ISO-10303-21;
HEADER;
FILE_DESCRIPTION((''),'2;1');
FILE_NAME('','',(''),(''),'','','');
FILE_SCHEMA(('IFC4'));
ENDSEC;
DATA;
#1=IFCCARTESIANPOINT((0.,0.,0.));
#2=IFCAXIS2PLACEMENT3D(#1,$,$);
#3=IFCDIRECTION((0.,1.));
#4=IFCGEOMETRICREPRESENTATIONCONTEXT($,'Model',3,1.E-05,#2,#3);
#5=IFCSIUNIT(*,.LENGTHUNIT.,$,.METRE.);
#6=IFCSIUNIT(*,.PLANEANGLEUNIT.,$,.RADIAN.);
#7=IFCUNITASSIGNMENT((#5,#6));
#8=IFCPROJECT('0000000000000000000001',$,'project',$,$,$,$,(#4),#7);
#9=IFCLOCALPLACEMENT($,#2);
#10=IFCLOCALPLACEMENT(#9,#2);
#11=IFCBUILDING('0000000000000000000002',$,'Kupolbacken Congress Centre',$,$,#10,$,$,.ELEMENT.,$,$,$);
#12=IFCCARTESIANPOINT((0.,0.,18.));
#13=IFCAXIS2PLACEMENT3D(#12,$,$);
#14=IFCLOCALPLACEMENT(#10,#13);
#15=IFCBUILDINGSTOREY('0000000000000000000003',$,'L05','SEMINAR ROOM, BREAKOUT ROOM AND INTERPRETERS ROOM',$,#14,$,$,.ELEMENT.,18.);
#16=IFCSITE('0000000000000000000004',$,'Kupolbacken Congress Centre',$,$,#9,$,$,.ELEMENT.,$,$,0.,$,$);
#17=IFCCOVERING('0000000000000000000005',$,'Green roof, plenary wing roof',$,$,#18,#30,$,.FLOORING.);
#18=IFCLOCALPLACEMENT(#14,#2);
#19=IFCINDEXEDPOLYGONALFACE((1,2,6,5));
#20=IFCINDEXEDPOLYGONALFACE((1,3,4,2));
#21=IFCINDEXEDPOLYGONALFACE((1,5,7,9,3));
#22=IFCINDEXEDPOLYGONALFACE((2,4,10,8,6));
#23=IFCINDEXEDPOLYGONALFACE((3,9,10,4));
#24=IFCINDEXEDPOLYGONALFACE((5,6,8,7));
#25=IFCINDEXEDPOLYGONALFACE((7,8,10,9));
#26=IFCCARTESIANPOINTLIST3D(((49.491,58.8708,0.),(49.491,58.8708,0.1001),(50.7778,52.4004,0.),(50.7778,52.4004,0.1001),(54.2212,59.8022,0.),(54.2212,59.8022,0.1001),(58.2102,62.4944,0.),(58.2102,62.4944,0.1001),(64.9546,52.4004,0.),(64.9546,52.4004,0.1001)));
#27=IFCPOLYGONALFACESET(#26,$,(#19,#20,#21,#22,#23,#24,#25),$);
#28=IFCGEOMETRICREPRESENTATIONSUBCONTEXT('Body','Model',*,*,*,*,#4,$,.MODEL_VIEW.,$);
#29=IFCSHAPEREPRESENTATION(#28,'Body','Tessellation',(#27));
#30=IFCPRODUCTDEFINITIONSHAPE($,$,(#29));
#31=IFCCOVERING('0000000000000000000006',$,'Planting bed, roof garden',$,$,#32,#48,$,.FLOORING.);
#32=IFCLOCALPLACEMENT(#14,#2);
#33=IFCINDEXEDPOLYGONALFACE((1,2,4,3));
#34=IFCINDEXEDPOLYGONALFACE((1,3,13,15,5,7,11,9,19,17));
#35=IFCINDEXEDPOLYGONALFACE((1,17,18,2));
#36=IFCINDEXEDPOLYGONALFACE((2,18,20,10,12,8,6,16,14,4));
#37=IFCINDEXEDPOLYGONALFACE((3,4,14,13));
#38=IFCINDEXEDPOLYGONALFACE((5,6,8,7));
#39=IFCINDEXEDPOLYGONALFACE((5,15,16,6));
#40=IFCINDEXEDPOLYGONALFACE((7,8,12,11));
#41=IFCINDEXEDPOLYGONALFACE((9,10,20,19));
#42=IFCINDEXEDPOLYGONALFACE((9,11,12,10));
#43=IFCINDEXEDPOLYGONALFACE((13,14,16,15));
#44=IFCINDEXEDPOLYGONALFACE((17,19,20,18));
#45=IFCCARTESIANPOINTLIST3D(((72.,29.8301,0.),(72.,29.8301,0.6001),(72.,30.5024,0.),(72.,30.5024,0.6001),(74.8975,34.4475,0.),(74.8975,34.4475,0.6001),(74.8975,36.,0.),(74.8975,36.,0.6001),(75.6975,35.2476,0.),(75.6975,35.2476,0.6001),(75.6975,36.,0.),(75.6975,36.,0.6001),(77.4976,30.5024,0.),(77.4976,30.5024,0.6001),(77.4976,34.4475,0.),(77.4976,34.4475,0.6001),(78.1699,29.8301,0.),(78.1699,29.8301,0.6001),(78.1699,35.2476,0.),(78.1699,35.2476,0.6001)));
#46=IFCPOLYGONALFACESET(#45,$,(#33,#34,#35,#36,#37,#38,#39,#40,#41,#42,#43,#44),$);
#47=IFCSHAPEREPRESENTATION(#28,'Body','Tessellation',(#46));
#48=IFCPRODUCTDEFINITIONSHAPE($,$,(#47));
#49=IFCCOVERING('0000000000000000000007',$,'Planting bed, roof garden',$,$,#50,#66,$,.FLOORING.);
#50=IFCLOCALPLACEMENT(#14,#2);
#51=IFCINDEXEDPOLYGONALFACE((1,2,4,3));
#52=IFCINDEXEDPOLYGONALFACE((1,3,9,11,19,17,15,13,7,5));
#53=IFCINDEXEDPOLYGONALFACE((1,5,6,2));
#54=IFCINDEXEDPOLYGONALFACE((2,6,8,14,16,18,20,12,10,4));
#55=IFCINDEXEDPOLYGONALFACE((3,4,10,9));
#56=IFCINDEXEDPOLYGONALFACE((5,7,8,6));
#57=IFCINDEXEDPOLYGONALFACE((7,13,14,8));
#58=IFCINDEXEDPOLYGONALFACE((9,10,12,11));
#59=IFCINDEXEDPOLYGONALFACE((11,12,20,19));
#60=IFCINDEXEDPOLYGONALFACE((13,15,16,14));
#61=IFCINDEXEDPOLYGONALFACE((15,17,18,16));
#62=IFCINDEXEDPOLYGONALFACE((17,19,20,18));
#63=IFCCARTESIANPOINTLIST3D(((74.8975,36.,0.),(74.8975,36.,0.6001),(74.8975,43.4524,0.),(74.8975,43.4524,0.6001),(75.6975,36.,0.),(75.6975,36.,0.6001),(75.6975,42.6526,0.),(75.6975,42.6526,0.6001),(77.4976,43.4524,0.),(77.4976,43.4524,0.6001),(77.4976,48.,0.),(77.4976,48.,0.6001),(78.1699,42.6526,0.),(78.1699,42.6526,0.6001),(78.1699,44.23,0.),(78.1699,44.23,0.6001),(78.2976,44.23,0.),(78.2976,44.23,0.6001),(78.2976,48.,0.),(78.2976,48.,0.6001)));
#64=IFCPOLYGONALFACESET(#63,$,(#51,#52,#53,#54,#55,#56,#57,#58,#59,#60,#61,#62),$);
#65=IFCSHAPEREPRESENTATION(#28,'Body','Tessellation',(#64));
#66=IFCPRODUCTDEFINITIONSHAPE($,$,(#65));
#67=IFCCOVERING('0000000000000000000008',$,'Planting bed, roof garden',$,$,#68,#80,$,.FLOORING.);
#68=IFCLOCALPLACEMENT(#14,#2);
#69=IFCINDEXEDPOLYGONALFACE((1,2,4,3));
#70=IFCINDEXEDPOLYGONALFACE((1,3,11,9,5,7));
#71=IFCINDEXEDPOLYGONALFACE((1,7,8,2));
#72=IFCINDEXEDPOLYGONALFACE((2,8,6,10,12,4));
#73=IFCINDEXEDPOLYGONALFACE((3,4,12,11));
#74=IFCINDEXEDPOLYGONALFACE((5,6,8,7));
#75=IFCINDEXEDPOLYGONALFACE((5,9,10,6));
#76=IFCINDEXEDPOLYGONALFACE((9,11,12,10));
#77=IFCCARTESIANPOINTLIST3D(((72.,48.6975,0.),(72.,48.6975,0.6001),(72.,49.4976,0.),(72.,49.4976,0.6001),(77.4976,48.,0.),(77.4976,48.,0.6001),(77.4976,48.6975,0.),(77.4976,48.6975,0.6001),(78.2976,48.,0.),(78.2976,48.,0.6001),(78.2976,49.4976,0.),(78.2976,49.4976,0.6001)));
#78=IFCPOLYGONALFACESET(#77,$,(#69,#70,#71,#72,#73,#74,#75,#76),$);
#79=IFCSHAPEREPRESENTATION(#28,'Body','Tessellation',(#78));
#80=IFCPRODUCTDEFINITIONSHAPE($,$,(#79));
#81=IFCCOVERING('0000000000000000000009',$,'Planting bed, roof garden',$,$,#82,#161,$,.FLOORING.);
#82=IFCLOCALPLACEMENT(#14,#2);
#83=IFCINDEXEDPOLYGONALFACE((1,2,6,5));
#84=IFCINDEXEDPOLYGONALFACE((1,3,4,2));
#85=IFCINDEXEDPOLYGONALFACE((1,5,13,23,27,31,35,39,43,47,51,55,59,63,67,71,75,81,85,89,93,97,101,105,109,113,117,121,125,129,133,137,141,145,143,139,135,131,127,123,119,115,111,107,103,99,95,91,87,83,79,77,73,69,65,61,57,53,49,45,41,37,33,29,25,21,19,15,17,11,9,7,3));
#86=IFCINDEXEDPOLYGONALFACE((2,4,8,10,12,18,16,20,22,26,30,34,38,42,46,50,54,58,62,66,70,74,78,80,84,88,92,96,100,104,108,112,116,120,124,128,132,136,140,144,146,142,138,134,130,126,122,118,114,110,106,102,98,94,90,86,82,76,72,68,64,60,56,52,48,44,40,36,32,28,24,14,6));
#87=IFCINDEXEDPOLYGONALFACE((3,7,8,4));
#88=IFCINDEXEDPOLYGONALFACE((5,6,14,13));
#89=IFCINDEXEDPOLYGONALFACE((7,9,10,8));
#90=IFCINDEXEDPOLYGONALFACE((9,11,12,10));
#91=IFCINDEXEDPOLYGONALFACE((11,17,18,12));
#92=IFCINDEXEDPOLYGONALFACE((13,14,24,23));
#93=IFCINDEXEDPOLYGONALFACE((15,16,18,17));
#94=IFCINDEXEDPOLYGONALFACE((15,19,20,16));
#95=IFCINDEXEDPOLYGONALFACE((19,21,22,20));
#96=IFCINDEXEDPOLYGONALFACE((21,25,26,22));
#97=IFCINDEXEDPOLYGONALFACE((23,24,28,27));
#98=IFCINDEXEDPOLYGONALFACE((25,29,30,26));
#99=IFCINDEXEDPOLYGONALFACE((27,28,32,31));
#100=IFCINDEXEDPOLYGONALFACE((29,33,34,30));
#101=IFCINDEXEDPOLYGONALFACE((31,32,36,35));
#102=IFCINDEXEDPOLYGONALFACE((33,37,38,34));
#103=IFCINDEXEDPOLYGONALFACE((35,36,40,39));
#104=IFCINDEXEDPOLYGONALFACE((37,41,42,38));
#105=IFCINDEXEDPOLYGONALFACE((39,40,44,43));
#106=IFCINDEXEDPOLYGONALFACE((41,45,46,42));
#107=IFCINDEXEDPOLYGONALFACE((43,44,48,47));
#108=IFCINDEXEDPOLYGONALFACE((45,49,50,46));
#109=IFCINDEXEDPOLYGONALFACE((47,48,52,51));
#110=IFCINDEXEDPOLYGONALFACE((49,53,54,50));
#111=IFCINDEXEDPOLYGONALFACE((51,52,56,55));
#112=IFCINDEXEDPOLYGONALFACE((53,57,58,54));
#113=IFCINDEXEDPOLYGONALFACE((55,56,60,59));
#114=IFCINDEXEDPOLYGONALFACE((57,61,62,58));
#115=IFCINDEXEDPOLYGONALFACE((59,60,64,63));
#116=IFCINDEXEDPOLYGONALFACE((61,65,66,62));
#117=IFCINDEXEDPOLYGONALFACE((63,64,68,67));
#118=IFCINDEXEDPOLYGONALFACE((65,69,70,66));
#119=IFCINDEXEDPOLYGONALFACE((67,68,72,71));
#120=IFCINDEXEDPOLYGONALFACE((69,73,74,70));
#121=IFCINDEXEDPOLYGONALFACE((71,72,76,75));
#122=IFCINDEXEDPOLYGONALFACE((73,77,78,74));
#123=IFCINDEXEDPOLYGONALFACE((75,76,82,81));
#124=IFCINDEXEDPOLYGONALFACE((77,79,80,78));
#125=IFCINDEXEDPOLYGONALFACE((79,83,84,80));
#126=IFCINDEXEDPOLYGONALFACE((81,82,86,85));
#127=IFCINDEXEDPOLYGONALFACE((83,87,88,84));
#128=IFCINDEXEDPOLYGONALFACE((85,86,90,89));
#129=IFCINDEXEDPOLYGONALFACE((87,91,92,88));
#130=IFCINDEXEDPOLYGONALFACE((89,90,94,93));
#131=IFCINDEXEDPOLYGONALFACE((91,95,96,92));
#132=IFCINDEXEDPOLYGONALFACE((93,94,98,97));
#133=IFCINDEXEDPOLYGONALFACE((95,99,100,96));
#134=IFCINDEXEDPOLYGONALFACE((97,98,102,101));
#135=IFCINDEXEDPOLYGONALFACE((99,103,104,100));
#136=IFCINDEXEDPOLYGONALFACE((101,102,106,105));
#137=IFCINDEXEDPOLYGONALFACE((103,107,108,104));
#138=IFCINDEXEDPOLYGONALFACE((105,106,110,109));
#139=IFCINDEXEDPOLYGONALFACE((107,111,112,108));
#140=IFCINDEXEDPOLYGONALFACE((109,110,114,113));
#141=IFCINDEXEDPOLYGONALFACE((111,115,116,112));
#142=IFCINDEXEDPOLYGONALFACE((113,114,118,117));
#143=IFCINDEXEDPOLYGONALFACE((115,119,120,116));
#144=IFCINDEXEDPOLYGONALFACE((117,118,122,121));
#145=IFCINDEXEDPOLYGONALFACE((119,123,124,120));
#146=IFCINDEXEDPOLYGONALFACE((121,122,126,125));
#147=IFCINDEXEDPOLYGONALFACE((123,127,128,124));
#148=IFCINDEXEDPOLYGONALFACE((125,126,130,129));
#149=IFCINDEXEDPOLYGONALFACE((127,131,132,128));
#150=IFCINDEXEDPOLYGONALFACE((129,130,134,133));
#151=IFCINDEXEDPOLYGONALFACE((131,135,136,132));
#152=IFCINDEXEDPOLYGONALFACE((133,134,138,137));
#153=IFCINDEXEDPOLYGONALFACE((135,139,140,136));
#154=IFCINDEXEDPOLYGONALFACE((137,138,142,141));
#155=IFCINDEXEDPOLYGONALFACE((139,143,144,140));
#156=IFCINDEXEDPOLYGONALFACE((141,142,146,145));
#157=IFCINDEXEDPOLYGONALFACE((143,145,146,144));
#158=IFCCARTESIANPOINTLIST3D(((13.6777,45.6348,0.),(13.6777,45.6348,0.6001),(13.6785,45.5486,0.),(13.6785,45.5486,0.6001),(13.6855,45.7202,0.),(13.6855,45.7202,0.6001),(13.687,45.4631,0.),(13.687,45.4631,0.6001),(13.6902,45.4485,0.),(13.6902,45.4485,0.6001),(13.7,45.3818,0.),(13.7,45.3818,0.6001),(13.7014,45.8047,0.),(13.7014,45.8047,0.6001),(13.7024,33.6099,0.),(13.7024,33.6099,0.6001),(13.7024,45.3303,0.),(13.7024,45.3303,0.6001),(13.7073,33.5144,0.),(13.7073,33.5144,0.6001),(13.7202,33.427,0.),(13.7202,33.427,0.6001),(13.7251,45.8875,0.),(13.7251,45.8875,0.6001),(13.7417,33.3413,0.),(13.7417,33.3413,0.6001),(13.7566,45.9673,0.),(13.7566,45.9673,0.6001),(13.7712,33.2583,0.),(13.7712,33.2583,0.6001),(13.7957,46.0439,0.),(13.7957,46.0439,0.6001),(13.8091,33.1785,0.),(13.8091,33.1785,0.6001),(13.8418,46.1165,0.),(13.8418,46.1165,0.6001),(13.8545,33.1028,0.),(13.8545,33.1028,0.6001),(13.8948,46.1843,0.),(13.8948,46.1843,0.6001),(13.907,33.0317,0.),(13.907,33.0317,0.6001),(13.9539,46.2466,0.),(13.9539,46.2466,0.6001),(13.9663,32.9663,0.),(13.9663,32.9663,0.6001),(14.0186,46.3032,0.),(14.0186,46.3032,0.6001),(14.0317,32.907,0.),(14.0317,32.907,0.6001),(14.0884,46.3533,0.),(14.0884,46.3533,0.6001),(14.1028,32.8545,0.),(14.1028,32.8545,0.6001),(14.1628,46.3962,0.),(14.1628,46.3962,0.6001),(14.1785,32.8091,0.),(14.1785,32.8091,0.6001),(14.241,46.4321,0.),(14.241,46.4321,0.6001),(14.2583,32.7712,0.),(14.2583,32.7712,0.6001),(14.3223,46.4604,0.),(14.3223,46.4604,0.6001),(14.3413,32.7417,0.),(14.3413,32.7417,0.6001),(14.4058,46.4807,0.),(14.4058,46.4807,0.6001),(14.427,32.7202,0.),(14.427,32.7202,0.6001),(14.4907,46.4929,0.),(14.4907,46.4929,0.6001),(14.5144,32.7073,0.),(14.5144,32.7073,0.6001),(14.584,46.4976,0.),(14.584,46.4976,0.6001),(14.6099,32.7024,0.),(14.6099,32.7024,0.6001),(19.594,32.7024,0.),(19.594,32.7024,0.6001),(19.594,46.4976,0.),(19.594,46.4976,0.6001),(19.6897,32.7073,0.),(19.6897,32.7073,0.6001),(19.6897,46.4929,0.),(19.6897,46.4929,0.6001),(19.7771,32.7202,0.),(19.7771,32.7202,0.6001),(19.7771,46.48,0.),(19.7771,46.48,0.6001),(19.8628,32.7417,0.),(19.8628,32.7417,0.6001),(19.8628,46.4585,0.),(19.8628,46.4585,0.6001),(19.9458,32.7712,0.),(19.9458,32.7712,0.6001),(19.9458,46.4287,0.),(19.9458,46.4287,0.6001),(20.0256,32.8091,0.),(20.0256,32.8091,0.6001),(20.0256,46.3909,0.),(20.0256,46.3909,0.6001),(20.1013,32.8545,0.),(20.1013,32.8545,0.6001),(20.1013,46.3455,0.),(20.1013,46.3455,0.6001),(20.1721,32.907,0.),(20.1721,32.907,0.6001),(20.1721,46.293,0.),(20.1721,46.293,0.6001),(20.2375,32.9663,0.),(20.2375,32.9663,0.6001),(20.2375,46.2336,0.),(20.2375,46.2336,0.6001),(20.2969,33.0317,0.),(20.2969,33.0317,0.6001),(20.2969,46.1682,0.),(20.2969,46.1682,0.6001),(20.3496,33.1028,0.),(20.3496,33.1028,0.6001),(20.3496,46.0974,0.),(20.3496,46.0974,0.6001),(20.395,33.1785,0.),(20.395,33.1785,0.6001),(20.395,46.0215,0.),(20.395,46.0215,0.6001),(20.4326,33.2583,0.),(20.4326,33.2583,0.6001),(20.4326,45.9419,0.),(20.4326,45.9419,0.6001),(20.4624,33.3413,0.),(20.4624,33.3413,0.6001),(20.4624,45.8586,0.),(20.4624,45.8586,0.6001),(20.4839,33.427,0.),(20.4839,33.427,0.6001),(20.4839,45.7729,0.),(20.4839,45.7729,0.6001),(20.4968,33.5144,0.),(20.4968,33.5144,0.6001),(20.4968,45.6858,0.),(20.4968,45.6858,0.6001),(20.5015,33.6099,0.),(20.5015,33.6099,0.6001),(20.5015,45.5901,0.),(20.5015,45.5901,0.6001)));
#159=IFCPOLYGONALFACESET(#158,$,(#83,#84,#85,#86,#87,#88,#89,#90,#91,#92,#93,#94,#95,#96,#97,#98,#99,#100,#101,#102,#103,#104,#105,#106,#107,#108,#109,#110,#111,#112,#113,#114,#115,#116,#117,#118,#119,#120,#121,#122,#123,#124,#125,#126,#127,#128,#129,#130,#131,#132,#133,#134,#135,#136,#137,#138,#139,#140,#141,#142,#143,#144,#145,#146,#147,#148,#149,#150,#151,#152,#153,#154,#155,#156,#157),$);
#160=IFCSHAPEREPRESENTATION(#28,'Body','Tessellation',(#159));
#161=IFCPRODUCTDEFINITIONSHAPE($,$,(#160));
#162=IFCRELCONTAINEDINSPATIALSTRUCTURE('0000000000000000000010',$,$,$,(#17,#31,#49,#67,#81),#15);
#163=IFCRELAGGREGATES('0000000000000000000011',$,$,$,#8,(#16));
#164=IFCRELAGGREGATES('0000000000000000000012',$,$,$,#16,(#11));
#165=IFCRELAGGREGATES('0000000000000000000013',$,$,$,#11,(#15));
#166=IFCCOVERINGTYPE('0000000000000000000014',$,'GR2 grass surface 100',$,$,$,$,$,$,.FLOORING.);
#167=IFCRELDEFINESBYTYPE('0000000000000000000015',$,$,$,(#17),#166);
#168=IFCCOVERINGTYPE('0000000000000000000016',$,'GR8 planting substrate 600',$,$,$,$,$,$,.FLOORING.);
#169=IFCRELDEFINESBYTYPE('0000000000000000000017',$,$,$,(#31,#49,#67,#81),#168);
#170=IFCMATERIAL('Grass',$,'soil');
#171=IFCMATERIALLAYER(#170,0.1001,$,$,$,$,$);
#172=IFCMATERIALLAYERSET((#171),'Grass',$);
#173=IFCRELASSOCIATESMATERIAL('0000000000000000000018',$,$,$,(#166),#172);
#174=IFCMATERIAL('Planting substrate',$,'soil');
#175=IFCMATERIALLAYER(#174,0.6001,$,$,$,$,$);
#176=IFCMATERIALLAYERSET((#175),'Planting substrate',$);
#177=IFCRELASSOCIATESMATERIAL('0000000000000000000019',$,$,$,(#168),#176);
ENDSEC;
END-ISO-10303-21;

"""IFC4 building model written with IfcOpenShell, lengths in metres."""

from ifc_helpers import new_model, si_unit, direction, frame, origin, place, context, subcontext, project, spatial, polyline, outline, extrude, material, layer, layer_set, type_object, element, save


model = new_model("IFC4")

# Units and contexts
model_context = context("Model", 3, precision=1e-05, world=origin(), true_north=direction((0.0, 1.0)))
body_context = subcontext(model_context, "Body", "Model", "MODEL_VIEW")
ifc_project = project(units=[si_unit("LENGTHUNIT", "METRE"), si_unit("PLANEANGLEUNIT", "RADIAN")], contexts=[model_context])

# Site, building, storey
site_placement = place(None, origin())
site = spatial("IfcSite", under=ifc_project, at=site_placement, Name="Kupolbacken Congress Centre", CompositionType="ELEMENT", RefElevation=0.0)
building_placement = place(site_placement, origin())
building = spatial("IfcBuilding", under=site, at=building_placement, Name="Kupolbacken Congress Centre", CompositionType="ELEMENT")
storey_placement = place(building_placement, frame((0.0, 0.0, 18.0)))
storey = spatial("IfcBuildingStorey", under=building, at=storey_placement, Name="L05", Description="SEMINAR ROOM, BREAKOUT ROOM AND INTERPRETERS ROOM", CompositionType="ELEMENT", Elevation=18.0)

# Coverings
ifc_material_1 = material(Name="Grass", Category="soil")
ifc_layer_1 = layer(ifc_material_1, 0.1001)
ifc_layer_set_1 = layer_set([ifc_layer_1], Name="Grass")
covering_type_1 = type_object("IfcCoveringType", Name="GR2 grass surface 100", PredefinedType="FLOORING", material=ifc_layer_set_1)
covering_1_placement = place(storey_placement, origin())
element("IfcCovering", 1, at=covering_1_placement, inside=storey, type_object=covering_type_1, Name="Green roof, plenary wing roof", PredefinedType="FLOORING", context=body_context, shape_type="SweptSolid", body=[
    extrude(outline(polyline([(64.9546, 52.4004), (50.7778, 52.4004), (49.491, 58.8708), (54.2212, 59.8022), (58.2102, 62.4944), (64.9546, 52.4004)])), origin(), (0.0, 0.0, 1.0), 0.1001),
])
ifc_material_2 = material(Name="Planting substrate", Category="soil")
ifc_layer_2 = layer(ifc_material_2, 0.6001)
ifc_layer_set_2 = layer_set([ifc_layer_2], Name="Planting substrate")
covering_type_2 = type_object("IfcCoveringType", Name="GR8 planting substrate 600", PredefinedType="FLOORING", material=ifc_layer_set_2)
covering_2_placement = place(storey_placement, origin())
element("IfcCovering", 2, at=covering_2_placement, inside=storey, type_object=covering_type_2, Name="Planting bed, roof garden", PredefinedType="FLOORING", context=body_context, shape_type="SweptSolid", body=[
    extrude(outline(polyline([(75.6975, 35.2476), (78.1699, 35.2476), (78.1699, 29.8301), (72.0, 29.8301), (72.0, 30.5024), (77.4976, 30.5024), (77.4976, 34.4475), (74.8975, 34.4475), (74.8975, 36.0), (75.6975, 36.0), (75.6975, 35.2476)])), origin(), (0.0, 0.0, 1.0), 0.6001),
])
covering_3_placement = place(storey_placement, origin())
element("IfcCovering", 3, at=covering_3_placement, inside=storey, type_object=covering_type_2, Name="Planting bed, roof garden", PredefinedType="FLOORING", context=body_context, shape_type="SweptSolid", body=[
    extrude(outline(polyline([(78.2976, 44.23), (78.1699, 44.23), (78.1699, 42.6526), (75.6975, 42.6526), (75.6975, 36.0), (74.8975, 36.0), (74.8975, 43.4524), (77.4976, 43.4524), (77.4976, 48.0), (78.2976, 48.0), (78.2976, 44.23)])), origin(), (0.0, 0.0, 1.0), 0.6001),
])
covering_4_placement = place(storey_placement, origin())
element("IfcCovering", 4, at=covering_4_placement, inside=storey, type_object=covering_type_2, Name="Planting bed, roof garden", PredefinedType="FLOORING", context=body_context, shape_type="SweptSolid", body=[
    extrude(outline(polyline([(78.2976, 49.4976), (78.2976, 48.0), (77.4976, 48.0), (77.4976, 48.6975), (72.0, 48.6975), (72.0, 49.4976), (78.2976, 49.4976)])), origin(), (0.0, 0.0, 1.0), 0.6001),
])
covering_5_placement = place(storey_placement, origin())
element("IfcCovering", 5, at=covering_5_placement, inside=storey, type_object=covering_type_2, Name="Planting bed, roof garden", PredefinedType="FLOORING", context=body_context, shape_type="SweptSolid", body=[
    extrude(outline(polyline([(13.6902, 45.4485), (13.687, 45.4631), (13.6785, 45.5486), (13.6777, 45.6348), (13.6855, 45.7202), (13.7014, 45.8047), (13.7251, 45.8875), (13.7566, 45.9673), (13.7957, 46.0439), (13.8418, 46.1165), (13.8948, 46.1843), (13.9539, 46.2466), (14.0186, 46.3032), (14.0884, 46.3533), (14.1628, 46.3962), (14.241, 46.4321), (14.3223, 46.4604), (14.4058, 46.4807), (14.4907, 46.4929), (14.584, 46.4976), (19.594, 46.4976), (19.6897, 46.4929), (19.7771, 46.48), (19.8628, 46.4585), (19.9458, 46.4287), (20.0256, 46.3909), (20.1013, 46.3455), (20.1721, 46.293), (20.2375, 46.2336), (20.2969, 46.1682), (20.3496, 46.0974), (20.395, 46.0215), (20.4326, 45.9419), (20.4624, 45.8586), (20.4839, 45.7729), (20.4968, 45.6858), (20.5015, 45.5901), (20.5015, 33.6099), (20.4968, 33.5144), (20.4839, 33.427), (20.4624, 33.3413), (20.4326, 33.2583), (20.395, 33.1785), (20.3496, 33.1028), (20.2969, 33.0317), (20.2375, 32.9663), (20.1721, 32.907), (20.1013, 32.8545), (20.0256, 32.8091), (19.9458, 32.7712), (19.8628, 32.7417), (19.7771, 32.7202), (19.6897, 32.7073), (19.594, 32.7024), (14.6099, 32.7024), (14.5144, 32.7073), (14.427, 32.7202), (14.3413, 32.7417), (14.2583, 32.7712), (14.1785, 32.8091), (14.1028, 32.8545), (14.0317, 32.907), (13.9663, 32.9663), (13.907, 33.0317), (13.8545, 33.1028), (13.8091, 33.1785), (13.7712, 33.2583), (13.7417, 33.3413), (13.7202, 33.427), (13.7073, 33.5144), (13.7024, 33.6099), (13.7024, 45.3303), (13.7, 45.3818), (13.6902, 45.4485)])), origin(), (0.0, 0.0, 1.0), 0.6001),
])

save(model, "model.ifc")
